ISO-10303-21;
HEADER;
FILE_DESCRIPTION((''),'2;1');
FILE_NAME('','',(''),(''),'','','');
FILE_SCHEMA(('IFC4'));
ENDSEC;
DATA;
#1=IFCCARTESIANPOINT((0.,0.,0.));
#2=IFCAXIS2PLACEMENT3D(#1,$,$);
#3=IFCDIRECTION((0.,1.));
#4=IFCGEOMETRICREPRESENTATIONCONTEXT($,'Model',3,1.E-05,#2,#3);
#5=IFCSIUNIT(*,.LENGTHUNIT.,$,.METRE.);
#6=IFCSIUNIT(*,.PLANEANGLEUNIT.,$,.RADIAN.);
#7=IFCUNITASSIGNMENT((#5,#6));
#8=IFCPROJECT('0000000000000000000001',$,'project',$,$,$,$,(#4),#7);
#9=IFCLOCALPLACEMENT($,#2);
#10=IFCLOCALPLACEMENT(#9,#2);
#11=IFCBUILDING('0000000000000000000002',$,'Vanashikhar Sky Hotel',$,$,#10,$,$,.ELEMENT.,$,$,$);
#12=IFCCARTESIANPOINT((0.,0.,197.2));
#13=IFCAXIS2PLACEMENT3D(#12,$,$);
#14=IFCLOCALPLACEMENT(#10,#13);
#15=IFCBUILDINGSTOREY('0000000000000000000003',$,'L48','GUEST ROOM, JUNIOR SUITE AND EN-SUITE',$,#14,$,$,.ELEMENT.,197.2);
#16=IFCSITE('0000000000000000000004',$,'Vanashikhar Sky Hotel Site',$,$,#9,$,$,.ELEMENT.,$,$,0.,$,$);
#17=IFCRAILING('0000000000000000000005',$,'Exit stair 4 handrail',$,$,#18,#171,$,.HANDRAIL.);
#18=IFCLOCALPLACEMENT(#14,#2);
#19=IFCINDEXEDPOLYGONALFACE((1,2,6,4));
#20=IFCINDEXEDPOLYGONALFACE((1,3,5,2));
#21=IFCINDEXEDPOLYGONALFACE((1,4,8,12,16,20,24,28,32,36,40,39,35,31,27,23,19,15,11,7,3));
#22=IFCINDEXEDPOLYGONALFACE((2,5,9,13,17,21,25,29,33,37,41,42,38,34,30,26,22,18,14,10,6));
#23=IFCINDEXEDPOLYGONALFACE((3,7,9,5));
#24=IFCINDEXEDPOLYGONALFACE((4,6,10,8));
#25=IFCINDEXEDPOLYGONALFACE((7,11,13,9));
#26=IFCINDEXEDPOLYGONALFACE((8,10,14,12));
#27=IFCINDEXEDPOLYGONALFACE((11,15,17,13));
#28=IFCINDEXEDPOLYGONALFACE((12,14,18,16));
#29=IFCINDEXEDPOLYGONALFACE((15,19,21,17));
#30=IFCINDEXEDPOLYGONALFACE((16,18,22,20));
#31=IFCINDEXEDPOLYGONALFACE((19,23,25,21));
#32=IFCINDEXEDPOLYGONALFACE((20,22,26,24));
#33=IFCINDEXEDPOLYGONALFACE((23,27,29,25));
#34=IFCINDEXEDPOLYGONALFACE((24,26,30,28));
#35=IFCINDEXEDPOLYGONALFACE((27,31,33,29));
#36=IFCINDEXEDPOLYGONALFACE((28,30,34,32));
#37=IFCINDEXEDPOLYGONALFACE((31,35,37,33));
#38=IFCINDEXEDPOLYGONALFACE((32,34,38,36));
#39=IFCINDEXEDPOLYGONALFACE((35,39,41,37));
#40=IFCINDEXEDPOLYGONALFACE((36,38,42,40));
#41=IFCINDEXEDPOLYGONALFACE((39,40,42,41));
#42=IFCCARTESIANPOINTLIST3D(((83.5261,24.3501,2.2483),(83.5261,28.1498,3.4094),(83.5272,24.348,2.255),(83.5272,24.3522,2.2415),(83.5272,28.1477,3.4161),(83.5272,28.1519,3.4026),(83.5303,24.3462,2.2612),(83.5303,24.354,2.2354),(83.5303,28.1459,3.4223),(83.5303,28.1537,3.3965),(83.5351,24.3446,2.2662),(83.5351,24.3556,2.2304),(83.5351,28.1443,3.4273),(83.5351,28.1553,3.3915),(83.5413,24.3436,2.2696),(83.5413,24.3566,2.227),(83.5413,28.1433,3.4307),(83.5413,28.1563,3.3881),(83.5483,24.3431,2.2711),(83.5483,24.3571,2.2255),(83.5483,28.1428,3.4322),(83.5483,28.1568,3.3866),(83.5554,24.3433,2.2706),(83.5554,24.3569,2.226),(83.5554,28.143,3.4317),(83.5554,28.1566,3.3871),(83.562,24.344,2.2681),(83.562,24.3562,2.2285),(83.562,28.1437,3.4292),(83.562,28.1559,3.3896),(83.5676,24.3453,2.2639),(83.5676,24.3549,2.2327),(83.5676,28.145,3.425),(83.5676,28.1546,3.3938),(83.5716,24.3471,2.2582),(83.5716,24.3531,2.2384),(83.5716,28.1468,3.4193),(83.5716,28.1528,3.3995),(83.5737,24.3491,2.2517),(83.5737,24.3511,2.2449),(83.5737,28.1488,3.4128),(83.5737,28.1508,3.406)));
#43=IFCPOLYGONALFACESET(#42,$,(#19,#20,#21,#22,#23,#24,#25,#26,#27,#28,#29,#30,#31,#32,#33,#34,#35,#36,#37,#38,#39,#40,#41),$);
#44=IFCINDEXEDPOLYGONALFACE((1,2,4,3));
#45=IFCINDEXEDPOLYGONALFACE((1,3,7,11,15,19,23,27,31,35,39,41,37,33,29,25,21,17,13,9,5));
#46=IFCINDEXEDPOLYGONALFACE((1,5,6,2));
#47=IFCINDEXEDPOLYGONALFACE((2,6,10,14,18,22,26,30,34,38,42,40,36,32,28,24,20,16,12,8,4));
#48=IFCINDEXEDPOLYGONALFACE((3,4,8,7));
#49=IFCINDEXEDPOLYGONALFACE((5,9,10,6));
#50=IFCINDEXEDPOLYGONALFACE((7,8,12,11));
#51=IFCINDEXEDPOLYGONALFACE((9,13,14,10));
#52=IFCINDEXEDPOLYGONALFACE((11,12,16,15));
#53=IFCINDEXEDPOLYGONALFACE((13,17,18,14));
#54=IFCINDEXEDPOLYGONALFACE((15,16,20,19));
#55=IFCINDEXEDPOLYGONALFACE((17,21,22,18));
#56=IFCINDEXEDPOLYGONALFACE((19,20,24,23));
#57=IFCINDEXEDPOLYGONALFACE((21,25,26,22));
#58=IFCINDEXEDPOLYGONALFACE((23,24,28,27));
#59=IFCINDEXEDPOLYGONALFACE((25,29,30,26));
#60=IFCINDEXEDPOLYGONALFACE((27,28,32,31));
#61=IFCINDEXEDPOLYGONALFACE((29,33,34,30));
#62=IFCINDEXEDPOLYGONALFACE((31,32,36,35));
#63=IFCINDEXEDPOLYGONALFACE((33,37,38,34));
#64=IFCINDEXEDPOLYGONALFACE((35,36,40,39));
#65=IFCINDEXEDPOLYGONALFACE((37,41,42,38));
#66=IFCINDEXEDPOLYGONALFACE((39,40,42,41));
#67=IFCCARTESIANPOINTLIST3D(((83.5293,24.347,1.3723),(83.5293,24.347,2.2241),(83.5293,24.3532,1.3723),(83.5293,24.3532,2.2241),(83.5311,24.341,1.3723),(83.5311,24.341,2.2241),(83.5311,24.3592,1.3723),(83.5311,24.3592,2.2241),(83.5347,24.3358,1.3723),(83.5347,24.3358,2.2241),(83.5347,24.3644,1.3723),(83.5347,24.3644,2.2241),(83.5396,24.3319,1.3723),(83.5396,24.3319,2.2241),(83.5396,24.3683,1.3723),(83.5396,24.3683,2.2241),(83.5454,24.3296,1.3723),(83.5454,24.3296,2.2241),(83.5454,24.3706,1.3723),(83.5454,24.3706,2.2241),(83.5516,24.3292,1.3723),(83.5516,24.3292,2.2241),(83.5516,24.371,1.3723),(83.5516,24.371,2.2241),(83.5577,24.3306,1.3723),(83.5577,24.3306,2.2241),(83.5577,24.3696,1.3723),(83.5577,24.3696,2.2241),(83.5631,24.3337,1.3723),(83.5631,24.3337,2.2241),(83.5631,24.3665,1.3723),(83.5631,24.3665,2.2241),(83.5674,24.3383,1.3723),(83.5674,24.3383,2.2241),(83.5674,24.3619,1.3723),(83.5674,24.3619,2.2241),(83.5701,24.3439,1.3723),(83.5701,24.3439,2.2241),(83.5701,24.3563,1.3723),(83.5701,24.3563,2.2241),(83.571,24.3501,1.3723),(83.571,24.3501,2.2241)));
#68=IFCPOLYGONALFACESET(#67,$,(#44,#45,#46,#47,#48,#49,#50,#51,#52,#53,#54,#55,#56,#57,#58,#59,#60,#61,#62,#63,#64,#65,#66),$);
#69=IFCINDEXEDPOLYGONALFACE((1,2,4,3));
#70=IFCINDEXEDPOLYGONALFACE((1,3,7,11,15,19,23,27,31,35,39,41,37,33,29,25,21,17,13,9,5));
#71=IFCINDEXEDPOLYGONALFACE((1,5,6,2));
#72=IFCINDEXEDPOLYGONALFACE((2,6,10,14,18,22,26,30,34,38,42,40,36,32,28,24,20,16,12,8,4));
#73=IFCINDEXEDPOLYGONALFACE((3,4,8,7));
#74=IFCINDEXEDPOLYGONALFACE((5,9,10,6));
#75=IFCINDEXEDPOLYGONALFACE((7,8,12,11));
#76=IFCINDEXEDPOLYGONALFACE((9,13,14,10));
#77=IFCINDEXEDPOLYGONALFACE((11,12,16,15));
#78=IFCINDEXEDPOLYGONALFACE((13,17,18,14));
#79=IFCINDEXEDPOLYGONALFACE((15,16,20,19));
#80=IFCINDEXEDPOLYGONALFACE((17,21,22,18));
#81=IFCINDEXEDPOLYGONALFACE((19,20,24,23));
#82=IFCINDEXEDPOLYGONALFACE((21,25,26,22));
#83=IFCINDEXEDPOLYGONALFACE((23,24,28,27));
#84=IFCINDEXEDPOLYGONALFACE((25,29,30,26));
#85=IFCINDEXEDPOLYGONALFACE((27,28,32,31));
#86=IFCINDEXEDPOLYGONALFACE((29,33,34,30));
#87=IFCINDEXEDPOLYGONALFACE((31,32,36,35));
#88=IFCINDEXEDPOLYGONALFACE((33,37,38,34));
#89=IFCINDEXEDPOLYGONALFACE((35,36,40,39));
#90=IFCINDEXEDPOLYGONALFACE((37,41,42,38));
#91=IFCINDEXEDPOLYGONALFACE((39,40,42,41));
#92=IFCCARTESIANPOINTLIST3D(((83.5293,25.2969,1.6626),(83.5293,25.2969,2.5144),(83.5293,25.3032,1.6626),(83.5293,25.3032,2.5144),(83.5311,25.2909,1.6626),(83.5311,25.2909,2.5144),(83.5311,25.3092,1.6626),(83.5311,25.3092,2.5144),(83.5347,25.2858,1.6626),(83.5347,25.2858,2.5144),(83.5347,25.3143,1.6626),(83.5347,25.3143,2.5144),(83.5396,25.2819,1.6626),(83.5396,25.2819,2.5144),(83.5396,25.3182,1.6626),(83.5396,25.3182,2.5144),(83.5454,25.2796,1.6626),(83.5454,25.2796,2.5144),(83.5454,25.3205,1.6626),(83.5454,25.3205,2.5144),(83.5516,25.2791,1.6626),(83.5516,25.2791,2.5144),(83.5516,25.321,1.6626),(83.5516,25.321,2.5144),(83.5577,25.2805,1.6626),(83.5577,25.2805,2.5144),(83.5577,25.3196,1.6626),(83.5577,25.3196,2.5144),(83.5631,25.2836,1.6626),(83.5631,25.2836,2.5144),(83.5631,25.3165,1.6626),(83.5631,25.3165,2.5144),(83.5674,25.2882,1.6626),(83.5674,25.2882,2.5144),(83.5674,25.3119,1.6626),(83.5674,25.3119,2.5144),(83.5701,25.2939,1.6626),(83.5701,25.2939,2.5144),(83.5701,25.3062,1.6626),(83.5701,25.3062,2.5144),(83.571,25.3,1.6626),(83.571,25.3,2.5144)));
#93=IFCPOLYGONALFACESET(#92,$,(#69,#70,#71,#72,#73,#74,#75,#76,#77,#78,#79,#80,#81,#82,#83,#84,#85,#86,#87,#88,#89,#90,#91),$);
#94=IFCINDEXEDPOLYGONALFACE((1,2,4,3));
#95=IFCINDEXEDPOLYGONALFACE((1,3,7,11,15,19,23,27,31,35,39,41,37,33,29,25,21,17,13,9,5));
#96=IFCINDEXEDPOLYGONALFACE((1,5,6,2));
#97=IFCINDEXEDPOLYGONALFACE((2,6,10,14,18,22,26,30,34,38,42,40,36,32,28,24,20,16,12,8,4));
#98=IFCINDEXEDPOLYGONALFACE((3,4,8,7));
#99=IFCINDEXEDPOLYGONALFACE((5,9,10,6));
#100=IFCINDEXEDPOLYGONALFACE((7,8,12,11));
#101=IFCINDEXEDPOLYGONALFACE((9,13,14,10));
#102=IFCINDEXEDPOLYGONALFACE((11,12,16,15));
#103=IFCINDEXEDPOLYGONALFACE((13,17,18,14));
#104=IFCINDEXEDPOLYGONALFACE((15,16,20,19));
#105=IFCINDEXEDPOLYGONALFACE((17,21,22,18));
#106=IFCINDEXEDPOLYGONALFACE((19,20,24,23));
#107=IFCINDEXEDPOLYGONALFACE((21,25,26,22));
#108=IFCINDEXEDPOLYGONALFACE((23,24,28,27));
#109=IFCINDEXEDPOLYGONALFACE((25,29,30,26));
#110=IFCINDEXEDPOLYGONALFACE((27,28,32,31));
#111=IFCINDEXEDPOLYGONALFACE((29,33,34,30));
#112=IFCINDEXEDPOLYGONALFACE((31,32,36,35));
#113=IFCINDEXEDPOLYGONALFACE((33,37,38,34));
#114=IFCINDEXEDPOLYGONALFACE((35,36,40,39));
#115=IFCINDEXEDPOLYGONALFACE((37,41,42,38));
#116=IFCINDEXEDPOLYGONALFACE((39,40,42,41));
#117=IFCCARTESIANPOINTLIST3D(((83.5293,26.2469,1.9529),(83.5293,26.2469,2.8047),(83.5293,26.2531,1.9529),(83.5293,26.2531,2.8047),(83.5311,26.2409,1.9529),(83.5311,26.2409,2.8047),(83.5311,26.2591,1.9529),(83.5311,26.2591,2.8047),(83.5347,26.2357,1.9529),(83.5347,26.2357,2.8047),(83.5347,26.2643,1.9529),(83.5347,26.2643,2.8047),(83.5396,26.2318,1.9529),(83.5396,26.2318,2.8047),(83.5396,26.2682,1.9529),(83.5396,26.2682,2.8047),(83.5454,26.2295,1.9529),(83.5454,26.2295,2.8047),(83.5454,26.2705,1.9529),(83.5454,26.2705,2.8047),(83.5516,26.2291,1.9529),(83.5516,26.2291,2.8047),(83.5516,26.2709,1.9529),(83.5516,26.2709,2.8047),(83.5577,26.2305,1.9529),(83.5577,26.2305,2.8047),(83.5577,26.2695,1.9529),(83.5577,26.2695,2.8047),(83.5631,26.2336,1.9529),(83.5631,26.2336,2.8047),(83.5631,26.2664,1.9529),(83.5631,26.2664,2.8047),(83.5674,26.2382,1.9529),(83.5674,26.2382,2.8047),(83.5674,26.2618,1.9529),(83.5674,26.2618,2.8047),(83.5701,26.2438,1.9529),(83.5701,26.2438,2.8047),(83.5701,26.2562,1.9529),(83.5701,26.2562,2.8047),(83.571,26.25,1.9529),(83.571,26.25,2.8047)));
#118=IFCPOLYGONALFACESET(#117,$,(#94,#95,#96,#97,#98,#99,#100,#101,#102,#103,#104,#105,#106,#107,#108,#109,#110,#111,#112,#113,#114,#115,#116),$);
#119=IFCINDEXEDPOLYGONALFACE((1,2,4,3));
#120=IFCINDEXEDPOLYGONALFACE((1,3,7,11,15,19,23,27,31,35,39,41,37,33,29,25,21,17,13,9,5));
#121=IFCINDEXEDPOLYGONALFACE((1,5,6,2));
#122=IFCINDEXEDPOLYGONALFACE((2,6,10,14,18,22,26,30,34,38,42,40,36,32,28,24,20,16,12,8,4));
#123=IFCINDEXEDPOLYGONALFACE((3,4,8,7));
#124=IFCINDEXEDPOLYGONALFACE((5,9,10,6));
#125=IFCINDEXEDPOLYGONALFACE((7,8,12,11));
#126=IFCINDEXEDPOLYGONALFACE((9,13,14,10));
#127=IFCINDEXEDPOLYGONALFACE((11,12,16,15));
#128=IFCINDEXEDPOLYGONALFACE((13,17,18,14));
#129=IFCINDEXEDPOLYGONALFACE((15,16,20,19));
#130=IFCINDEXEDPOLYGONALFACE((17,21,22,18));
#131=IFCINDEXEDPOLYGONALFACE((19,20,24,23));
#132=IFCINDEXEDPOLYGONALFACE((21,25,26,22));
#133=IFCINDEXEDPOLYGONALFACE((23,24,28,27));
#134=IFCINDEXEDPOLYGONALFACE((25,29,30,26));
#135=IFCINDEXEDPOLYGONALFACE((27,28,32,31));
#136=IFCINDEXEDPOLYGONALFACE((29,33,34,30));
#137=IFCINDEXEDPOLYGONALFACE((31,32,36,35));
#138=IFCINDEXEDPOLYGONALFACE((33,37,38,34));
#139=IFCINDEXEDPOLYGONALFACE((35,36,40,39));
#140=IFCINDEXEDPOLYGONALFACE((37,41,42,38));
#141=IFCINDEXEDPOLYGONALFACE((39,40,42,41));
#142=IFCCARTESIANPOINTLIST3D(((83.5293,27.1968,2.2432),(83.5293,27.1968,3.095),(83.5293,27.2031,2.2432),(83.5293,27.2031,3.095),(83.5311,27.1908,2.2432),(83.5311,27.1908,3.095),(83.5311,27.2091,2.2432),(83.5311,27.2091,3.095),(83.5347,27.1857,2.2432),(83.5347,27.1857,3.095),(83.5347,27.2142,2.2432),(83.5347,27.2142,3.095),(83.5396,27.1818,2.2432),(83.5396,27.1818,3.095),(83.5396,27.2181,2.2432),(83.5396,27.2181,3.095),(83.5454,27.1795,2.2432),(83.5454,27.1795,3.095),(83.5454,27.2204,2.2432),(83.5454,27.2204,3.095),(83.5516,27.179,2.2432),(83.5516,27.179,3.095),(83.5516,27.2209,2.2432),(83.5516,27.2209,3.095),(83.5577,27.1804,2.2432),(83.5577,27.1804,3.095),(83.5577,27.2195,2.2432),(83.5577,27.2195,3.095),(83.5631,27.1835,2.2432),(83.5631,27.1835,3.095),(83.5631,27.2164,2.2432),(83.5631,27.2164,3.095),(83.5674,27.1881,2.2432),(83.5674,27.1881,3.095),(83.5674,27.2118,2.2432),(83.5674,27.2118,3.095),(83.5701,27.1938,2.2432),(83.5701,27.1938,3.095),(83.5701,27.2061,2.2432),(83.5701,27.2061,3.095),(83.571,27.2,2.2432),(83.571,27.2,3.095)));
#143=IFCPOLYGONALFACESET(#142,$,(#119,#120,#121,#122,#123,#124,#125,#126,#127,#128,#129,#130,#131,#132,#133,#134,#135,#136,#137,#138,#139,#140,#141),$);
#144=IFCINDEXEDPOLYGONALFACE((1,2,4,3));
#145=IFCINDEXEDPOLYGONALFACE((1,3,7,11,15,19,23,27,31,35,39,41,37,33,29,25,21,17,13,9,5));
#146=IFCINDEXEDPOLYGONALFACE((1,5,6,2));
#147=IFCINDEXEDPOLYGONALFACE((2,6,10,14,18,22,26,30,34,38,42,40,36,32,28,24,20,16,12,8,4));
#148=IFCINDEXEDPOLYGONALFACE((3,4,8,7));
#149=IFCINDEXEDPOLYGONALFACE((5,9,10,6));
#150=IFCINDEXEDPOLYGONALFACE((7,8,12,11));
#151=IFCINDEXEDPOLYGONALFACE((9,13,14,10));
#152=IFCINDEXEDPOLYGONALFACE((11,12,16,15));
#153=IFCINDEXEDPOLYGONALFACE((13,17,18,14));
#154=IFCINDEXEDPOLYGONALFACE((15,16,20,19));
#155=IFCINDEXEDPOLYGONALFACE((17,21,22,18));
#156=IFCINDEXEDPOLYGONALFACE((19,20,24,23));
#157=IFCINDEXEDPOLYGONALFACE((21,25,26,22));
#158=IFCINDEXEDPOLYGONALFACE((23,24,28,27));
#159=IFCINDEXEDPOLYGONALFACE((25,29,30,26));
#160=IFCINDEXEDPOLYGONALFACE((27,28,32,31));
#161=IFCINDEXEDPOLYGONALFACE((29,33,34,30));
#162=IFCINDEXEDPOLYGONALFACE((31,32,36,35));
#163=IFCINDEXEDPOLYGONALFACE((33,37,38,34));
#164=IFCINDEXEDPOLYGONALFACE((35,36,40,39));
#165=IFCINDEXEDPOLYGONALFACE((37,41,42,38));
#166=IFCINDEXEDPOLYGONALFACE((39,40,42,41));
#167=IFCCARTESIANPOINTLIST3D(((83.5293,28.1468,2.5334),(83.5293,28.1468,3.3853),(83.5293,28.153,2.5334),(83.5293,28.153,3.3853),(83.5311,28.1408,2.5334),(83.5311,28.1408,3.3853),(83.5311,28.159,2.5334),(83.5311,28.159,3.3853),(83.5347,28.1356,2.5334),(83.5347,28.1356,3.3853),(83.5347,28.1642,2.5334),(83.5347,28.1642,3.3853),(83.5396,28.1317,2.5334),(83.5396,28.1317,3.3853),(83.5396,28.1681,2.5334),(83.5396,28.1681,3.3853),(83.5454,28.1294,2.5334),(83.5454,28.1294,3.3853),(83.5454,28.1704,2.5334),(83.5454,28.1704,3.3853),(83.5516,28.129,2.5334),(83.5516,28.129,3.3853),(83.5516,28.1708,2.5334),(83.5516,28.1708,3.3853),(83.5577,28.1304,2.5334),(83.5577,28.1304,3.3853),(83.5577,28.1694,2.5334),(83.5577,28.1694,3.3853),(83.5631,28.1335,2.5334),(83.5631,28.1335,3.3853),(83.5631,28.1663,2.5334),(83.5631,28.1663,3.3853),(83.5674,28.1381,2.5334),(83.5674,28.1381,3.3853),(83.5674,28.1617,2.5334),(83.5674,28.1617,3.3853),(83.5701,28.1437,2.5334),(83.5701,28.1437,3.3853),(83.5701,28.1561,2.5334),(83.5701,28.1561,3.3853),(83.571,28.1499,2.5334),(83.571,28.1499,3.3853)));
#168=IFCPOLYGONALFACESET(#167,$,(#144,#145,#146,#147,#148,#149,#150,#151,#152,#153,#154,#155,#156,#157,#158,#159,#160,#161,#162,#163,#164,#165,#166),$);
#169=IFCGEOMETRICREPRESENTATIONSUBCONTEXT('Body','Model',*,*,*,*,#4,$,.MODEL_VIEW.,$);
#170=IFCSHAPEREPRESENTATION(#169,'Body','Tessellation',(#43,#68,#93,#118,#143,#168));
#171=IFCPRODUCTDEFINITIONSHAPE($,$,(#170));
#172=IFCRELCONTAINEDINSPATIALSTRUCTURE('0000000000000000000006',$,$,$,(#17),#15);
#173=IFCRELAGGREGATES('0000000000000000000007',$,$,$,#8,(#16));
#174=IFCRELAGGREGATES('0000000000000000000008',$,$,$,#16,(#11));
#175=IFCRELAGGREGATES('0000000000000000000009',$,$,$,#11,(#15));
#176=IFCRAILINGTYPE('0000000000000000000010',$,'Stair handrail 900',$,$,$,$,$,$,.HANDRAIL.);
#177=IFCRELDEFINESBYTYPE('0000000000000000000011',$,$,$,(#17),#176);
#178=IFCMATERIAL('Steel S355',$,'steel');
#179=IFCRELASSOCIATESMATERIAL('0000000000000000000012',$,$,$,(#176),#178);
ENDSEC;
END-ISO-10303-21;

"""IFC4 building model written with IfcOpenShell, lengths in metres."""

from ifc_helpers import new_model, si_unit, direction, frame, origin, origin_2d, place, context, subcontext, project, spatial, circle, extrude, source, transform, mapped, material, type_object, element, save


model = new_model("IFC4")

# Units and contexts
model_context = context("Model", 3, precision=1e-05, world=origin(), true_north=direction((0.0, 1.0)))
body_context = subcontext(model_context, "Body", "Model", "MODEL_VIEW")
ifc_project = project(units=[si_unit("LENGTHUNIT", "METRE"), si_unit("PLANEANGLEUNIT", "RADIAN")], contexts=[model_context])

# Site, building, storey
site_placement = place(None, origin())
site = spatial("IfcSite", under=ifc_project, at=site_placement, Name="Vanashikhar Sky Hotel Site", CompositionType="ELEMENT", RefElevation=0.0)
building_placement = place(site_placement, origin())
building = spatial("IfcBuilding", under=site, at=building_placement, Name="Vanashikhar Sky Hotel", CompositionType="ELEMENT")
storey_placement = place(building_placement, frame((0.0, 0.0, 197.2)))
storey = spatial("IfcBuildingStorey", under=building, at=storey_placement, Name="L48", Description="GUEST ROOM, JUNIOR SUITE AND EN-SUITE", CompositionType="ELEMENT", Elevation=197.2)

# Railing
ifc_material_1 = material(Name="Steel S355", Category="steel")
railing_type = type_object("IfcRailingType", Name="Stair handrail 900", PredefinedType="HANDRAIL", material=ifc_material_1)
shared_shape_1 = source(origin(), body_context, "Body", "SweptSolid", [
    extrude(circle(Radius=0.0239, at=origin_2d()), frame((0.0, 0.0, 0.876), z_axis=(0.0, 0.956346, 0.292237), x_axis=(-1.0, 0.0, 0.0)), (0.0, 0.0, 1.0), 3.9731),
    extrude(circle(Radius=0.021, at=origin_2d()), origin(), (0.0, 0.0, 1.0), 0.8518),
    extrude(circle(Radius=0.021, at=origin_2d()), frame((0.0, 0.95, 0.2903)), (0.0, 0.0, 1.0), 0.8518),
    extrude(circle(Radius=0.021, at=origin_2d()), frame((0.0, 1.8999, 0.5806)), (0.0, 0.0, 1.0), 0.8518),
    extrude(circle(Radius=0.021, at=origin_2d()), frame((0.0, 2.8499, 0.8708)), (0.0, 0.0, 1.0), 0.8518),
    extrude(circle(Radius=0.021, at=origin_2d()), frame((0.0, 3.7998, 1.1611)), (0.0, 0.0, 1.0), 0.8518),
])
railing_1_placement = place(storey_placement, frame((83.55, 24.3501, 1.3723)))
element("IfcRailing", 1, at=railing_1_placement, inside=storey, type_object=railing_type, Name="Exit stair 4 handrail", PredefinedType="HANDRAIL", context=body_context, shape_type="MappedRepresentation", body=[
    mapped(shared_shape_1, transform((0.0, 0.0, 0.0), scale=1.0)),
])

save(model, "model.ifc")
